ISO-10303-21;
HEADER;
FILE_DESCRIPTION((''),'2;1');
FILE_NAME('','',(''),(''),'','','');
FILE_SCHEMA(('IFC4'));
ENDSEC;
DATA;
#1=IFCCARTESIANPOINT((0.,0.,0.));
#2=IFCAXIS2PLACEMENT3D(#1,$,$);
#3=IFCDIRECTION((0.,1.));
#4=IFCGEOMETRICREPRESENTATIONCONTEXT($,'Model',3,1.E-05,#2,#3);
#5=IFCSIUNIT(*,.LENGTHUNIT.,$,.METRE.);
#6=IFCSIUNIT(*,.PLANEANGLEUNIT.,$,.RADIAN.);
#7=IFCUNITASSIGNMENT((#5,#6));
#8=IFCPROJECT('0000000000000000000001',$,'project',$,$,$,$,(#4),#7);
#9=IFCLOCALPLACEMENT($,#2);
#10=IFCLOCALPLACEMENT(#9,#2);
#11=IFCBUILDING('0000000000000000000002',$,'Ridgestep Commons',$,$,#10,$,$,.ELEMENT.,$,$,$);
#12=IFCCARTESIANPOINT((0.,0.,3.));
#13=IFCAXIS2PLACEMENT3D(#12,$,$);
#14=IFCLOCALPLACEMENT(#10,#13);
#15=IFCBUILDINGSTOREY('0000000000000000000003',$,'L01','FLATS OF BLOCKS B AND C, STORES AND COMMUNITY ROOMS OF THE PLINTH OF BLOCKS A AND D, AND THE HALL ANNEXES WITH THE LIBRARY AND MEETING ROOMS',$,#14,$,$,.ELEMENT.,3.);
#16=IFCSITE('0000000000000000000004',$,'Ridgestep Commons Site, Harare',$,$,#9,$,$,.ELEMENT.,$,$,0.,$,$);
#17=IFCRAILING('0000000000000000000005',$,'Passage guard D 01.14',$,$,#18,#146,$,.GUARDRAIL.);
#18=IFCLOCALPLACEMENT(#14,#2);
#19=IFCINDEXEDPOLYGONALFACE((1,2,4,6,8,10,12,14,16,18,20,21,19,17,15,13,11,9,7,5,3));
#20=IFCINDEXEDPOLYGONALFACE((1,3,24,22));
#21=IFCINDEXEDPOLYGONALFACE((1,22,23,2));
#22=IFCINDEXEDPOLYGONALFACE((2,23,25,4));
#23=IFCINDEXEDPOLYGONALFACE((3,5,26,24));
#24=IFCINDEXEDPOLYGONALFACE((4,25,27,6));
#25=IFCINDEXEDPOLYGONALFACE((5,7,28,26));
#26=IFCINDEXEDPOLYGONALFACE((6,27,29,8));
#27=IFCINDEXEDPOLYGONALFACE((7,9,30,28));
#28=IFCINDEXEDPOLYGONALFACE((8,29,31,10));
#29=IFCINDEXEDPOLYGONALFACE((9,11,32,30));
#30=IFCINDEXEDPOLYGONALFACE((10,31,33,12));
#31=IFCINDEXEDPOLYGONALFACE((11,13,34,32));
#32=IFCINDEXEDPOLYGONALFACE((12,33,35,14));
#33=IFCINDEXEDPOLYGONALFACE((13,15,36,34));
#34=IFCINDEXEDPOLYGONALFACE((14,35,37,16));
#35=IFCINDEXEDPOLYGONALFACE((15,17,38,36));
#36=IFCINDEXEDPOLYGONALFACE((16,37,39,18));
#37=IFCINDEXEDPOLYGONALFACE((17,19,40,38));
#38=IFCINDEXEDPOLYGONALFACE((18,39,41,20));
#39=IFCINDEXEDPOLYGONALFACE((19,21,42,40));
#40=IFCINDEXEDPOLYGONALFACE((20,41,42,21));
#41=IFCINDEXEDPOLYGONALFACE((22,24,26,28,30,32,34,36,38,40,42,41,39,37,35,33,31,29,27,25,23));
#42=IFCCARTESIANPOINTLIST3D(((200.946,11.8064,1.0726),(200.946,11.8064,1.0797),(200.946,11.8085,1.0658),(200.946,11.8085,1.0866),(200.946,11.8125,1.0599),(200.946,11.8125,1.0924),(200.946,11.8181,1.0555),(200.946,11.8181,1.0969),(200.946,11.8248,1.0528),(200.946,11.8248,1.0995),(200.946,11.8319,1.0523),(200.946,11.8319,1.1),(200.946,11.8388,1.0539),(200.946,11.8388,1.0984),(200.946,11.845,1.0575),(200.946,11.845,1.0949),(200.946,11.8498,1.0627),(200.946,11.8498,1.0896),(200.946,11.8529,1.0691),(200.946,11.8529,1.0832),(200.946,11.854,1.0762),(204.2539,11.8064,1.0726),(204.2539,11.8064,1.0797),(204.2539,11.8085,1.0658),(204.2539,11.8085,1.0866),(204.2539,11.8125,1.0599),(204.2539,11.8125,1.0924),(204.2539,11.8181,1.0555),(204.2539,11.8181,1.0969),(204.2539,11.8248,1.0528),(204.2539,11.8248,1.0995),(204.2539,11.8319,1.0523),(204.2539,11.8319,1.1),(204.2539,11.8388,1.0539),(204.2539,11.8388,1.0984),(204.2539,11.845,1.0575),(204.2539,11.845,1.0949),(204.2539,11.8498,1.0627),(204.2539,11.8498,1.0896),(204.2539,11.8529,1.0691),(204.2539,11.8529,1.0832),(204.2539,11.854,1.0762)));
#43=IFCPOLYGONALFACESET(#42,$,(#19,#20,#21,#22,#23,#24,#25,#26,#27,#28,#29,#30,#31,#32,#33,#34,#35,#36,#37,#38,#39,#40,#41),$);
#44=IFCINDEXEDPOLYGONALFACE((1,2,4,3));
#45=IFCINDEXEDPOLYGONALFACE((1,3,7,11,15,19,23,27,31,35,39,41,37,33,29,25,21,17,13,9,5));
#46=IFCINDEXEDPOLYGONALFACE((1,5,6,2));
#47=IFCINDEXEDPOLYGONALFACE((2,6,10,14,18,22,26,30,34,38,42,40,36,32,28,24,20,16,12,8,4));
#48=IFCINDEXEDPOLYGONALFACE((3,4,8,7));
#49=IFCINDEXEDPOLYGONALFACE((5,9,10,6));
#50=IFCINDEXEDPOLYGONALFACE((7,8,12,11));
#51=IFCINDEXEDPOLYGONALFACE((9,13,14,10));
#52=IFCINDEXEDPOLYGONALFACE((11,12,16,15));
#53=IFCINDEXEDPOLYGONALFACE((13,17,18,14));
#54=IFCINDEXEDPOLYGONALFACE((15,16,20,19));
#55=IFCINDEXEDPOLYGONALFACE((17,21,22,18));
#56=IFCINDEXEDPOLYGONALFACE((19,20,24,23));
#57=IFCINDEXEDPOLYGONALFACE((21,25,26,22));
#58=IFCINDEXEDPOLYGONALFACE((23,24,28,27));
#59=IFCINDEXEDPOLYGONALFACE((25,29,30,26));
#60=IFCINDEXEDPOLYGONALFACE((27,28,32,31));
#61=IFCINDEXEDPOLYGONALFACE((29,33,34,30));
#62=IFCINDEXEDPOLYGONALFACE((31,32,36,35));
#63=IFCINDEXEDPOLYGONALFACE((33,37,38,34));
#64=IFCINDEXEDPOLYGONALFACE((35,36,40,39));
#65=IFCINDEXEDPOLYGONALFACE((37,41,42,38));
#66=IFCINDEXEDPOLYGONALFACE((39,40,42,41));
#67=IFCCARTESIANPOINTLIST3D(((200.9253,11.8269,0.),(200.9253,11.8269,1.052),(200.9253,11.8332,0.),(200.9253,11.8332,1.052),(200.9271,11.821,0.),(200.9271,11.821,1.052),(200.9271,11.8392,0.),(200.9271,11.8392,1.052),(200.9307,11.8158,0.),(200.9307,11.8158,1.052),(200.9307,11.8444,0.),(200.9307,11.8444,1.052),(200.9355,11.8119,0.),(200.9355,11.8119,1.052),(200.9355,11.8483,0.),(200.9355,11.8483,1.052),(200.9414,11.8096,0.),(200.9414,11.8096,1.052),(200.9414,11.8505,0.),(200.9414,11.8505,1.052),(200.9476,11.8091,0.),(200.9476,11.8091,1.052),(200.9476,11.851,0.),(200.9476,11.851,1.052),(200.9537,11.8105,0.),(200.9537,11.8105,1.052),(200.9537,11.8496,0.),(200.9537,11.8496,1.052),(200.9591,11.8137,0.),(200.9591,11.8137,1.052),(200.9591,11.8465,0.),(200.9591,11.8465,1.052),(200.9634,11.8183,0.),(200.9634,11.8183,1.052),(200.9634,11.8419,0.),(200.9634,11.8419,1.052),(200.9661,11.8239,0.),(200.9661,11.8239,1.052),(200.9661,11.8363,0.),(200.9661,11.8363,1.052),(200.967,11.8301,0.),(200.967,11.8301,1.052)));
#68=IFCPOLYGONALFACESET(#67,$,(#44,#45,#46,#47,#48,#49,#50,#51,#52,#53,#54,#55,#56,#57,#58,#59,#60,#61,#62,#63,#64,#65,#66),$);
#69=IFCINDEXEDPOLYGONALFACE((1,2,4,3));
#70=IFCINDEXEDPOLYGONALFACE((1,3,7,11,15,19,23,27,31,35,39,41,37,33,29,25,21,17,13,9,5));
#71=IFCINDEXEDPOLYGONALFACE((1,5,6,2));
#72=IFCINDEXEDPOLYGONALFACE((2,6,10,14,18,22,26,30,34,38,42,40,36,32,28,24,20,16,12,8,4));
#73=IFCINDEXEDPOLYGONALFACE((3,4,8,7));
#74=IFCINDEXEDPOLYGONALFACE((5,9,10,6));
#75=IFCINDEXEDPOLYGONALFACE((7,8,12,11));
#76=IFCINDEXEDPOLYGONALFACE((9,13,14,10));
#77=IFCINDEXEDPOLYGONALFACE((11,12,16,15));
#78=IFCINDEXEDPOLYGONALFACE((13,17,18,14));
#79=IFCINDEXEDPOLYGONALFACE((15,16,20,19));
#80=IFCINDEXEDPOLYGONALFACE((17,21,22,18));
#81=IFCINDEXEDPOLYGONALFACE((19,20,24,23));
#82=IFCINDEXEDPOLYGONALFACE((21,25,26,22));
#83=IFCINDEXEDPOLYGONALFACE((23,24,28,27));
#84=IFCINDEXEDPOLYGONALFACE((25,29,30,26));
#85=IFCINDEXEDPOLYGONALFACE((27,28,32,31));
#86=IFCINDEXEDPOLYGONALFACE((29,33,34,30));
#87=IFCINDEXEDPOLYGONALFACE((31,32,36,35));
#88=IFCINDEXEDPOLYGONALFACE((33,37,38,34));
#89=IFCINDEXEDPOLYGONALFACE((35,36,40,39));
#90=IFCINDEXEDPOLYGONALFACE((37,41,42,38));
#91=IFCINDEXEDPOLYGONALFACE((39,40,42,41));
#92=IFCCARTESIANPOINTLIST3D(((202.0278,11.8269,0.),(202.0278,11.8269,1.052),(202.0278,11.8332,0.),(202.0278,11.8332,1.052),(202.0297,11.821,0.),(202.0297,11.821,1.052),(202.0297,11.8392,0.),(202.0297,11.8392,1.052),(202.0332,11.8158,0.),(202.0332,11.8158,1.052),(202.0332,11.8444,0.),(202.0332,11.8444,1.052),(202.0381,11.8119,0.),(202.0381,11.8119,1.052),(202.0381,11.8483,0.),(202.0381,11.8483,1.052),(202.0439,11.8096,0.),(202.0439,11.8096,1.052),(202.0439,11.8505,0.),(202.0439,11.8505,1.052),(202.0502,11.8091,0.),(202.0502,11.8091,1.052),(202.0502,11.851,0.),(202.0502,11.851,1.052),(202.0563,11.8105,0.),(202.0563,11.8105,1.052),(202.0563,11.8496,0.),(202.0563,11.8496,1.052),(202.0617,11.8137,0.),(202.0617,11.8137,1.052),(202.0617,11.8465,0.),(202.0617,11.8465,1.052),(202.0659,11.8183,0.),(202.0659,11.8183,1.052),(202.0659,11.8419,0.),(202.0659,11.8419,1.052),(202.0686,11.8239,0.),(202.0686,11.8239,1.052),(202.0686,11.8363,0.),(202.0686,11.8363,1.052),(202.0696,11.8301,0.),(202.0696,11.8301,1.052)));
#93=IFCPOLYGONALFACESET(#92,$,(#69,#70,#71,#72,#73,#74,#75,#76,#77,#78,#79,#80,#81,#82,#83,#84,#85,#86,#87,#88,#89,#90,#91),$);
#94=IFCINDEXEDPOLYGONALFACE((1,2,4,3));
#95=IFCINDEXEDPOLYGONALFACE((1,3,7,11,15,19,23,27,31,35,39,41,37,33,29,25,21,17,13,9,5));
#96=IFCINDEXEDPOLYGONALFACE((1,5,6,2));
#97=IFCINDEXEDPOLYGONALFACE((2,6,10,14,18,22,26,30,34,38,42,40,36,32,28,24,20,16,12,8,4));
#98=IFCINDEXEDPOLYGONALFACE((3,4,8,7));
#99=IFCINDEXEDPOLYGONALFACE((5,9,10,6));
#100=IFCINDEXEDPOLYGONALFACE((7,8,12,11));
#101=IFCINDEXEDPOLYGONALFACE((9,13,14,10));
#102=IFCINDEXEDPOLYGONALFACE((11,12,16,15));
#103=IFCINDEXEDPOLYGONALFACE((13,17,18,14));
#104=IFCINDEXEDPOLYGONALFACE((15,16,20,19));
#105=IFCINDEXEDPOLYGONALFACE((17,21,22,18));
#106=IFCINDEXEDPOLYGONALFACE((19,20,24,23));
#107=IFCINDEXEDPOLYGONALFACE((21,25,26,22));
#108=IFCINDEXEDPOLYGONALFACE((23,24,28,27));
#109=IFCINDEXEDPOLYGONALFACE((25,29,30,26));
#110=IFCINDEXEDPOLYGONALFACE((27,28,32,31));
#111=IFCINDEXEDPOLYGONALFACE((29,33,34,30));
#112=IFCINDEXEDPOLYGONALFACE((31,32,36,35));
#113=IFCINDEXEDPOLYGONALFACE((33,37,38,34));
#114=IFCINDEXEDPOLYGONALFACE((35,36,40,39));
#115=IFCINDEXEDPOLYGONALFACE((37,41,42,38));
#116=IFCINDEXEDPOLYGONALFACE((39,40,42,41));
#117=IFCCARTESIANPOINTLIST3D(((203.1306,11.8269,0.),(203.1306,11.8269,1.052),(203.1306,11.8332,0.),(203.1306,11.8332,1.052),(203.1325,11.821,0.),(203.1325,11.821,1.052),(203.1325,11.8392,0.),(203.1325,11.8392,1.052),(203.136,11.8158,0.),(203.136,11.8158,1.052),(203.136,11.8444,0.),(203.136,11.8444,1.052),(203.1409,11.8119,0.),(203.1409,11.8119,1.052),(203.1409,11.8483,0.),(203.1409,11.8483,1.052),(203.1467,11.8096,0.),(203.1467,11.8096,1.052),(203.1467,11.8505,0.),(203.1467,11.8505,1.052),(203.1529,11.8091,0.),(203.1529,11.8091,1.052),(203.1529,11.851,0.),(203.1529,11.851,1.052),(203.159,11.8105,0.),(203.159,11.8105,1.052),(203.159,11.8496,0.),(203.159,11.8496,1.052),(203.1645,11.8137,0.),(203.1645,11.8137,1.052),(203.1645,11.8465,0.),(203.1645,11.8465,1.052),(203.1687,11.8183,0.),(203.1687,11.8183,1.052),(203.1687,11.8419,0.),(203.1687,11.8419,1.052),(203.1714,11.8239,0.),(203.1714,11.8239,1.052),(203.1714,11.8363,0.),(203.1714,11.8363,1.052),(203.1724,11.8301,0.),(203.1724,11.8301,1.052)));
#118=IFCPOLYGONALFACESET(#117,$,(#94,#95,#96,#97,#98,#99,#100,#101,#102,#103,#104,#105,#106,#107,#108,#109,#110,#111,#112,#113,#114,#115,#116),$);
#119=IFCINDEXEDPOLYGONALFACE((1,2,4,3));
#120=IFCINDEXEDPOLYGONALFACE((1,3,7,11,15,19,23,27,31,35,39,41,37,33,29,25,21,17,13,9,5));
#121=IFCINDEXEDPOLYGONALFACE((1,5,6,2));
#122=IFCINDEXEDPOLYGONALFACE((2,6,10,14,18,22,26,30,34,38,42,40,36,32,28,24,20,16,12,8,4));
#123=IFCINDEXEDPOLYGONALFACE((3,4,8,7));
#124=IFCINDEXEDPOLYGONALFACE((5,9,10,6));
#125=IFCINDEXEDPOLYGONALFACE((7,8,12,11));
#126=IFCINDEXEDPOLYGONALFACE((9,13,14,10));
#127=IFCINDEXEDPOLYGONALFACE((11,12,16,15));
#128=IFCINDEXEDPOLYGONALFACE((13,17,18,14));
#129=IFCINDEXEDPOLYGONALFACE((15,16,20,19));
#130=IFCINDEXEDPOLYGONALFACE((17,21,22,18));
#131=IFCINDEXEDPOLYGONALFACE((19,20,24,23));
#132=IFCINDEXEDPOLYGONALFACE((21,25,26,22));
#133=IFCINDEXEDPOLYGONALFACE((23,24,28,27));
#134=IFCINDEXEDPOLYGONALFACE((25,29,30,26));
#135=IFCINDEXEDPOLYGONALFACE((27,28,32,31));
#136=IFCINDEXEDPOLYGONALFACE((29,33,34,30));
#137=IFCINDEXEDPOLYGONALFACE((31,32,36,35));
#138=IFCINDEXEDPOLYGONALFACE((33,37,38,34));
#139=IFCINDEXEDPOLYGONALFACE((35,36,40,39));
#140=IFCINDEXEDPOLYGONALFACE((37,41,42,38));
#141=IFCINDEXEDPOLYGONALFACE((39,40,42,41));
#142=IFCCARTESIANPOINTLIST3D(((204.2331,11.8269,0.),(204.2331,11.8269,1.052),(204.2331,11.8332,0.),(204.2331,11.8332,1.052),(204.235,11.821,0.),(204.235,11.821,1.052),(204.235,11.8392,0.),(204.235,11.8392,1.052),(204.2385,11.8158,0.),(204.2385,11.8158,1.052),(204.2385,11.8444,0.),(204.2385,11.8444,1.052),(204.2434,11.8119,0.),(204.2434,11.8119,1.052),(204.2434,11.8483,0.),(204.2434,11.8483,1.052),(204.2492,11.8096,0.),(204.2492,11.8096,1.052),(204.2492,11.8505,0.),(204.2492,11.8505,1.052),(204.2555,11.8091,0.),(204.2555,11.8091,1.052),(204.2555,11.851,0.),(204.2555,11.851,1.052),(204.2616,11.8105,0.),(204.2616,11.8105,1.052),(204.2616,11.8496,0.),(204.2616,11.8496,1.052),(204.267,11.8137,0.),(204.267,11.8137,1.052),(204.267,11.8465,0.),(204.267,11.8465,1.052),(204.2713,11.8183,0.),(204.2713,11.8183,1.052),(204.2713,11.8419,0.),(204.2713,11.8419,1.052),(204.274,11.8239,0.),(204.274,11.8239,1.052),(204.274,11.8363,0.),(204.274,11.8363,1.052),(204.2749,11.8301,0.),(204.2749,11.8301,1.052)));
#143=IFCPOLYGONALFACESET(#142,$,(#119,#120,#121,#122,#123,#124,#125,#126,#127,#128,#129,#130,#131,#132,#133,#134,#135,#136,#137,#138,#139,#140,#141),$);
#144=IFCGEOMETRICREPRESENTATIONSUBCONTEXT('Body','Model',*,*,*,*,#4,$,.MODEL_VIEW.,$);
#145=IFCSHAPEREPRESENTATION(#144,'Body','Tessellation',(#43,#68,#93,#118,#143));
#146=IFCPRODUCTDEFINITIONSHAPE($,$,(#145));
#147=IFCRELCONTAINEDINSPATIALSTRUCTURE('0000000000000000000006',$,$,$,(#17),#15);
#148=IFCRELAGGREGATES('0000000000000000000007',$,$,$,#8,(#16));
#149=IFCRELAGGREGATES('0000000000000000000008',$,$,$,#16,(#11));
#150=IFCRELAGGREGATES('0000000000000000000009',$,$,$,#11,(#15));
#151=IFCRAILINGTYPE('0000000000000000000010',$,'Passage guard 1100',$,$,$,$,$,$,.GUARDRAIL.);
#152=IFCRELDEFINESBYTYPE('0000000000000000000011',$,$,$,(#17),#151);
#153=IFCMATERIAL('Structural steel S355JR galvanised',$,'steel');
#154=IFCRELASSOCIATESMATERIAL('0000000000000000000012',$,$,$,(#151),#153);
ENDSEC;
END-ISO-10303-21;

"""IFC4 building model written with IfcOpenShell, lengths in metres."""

from ifc_helpers import new_model, si_unit, direction, frame, origin, origin_2d, place, context, subcontext, project, spatial, circle, extrude, material, type_object, element, save


model = new_model("IFC4")

# Units and contexts
model_context = context("Model", 3, precision=1e-05, world=origin(), true_north=direction((0.0, 1.0)))
body_context = subcontext(model_context, "Body", "Model", "MODEL_VIEW")
ifc_project = project(units=[si_unit("LENGTHUNIT", "METRE"), si_unit("PLANEANGLEUNIT", "RADIAN")], contexts=[model_context])

# Site, building, storey
site_placement = place(None, origin())
site = spatial("IfcSite", under=ifc_project, at=site_placement, Name="Ridgestep Commons Site, Harare", CompositionType="ELEMENT", RefElevation=0.0)
building_placement = place(site_placement, origin())
building = spatial("IfcBuilding", under=site, at=building_placement, Name="Ridgestep Commons", CompositionType="ELEMENT")
storey_placement = place(building_placement, frame((0.0, 0.0, 3.0)))
storey = spatial("IfcBuildingStorey", under=building, at=storey_placement, Name="L01", Description="FLATS OF BLOCKS B AND C, STORES AND COMMUNITY ROOMS OF THE PLINTH OF BLOCKS A AND D, AND THE HALL ANNEXES WITH THE LIBRARY AND MEETING ROOMS", CompositionType="ELEMENT", Elevation=3.0)

# Railing
ifc_material_1 = material(Name="Structural steel S355JR galvanised", Category="steel")
railing_type = type_object("IfcRailingType", Name="Passage guard 1100", PredefinedType="GUARDRAIL", material=ifc_material_1)
railing_1_placement = place(storey_placement, frame((200.946, 11.8301, 0.0)))
element("IfcRailing", 1, at=railing_1_placement, inside=storey, type_object=railing_type, Name="Passage guard D 01.14", PredefinedType="GUARDRAIL", context=body_context, shape_type="SweptSolid", body=[
    extrude(circle(Radius=0.0239, at=origin_2d()), frame((0.0, 0.0, 1.0762), z_axis=(1.0, 0.0, 0.0), x_axis=(0.0, 1.0, 0.0)), (0.0, 0.0, 1.0), 3.3079),
    extrude(circle(Radius=0.021, at=origin_2d()), origin(), (0.0, 0.0, 1.0), 1.052),
    extrude(circle(Radius=0.021, at=origin_2d()), frame((1.1025, 0.0, 0.0)), (0.0, 0.0, 1.0), 1.052),
    extrude(circle(Radius=0.021, at=origin_2d()), frame((2.2053, 0.0, 0.0)), (0.0, 0.0, 1.0), 1.052),
    extrude(circle(Radius=0.021, at=origin_2d()), frame((3.3079, 0.0, 0.0)), (0.0, 0.0, 1.0), 1.052),
])

save(model, "model.ifc")
